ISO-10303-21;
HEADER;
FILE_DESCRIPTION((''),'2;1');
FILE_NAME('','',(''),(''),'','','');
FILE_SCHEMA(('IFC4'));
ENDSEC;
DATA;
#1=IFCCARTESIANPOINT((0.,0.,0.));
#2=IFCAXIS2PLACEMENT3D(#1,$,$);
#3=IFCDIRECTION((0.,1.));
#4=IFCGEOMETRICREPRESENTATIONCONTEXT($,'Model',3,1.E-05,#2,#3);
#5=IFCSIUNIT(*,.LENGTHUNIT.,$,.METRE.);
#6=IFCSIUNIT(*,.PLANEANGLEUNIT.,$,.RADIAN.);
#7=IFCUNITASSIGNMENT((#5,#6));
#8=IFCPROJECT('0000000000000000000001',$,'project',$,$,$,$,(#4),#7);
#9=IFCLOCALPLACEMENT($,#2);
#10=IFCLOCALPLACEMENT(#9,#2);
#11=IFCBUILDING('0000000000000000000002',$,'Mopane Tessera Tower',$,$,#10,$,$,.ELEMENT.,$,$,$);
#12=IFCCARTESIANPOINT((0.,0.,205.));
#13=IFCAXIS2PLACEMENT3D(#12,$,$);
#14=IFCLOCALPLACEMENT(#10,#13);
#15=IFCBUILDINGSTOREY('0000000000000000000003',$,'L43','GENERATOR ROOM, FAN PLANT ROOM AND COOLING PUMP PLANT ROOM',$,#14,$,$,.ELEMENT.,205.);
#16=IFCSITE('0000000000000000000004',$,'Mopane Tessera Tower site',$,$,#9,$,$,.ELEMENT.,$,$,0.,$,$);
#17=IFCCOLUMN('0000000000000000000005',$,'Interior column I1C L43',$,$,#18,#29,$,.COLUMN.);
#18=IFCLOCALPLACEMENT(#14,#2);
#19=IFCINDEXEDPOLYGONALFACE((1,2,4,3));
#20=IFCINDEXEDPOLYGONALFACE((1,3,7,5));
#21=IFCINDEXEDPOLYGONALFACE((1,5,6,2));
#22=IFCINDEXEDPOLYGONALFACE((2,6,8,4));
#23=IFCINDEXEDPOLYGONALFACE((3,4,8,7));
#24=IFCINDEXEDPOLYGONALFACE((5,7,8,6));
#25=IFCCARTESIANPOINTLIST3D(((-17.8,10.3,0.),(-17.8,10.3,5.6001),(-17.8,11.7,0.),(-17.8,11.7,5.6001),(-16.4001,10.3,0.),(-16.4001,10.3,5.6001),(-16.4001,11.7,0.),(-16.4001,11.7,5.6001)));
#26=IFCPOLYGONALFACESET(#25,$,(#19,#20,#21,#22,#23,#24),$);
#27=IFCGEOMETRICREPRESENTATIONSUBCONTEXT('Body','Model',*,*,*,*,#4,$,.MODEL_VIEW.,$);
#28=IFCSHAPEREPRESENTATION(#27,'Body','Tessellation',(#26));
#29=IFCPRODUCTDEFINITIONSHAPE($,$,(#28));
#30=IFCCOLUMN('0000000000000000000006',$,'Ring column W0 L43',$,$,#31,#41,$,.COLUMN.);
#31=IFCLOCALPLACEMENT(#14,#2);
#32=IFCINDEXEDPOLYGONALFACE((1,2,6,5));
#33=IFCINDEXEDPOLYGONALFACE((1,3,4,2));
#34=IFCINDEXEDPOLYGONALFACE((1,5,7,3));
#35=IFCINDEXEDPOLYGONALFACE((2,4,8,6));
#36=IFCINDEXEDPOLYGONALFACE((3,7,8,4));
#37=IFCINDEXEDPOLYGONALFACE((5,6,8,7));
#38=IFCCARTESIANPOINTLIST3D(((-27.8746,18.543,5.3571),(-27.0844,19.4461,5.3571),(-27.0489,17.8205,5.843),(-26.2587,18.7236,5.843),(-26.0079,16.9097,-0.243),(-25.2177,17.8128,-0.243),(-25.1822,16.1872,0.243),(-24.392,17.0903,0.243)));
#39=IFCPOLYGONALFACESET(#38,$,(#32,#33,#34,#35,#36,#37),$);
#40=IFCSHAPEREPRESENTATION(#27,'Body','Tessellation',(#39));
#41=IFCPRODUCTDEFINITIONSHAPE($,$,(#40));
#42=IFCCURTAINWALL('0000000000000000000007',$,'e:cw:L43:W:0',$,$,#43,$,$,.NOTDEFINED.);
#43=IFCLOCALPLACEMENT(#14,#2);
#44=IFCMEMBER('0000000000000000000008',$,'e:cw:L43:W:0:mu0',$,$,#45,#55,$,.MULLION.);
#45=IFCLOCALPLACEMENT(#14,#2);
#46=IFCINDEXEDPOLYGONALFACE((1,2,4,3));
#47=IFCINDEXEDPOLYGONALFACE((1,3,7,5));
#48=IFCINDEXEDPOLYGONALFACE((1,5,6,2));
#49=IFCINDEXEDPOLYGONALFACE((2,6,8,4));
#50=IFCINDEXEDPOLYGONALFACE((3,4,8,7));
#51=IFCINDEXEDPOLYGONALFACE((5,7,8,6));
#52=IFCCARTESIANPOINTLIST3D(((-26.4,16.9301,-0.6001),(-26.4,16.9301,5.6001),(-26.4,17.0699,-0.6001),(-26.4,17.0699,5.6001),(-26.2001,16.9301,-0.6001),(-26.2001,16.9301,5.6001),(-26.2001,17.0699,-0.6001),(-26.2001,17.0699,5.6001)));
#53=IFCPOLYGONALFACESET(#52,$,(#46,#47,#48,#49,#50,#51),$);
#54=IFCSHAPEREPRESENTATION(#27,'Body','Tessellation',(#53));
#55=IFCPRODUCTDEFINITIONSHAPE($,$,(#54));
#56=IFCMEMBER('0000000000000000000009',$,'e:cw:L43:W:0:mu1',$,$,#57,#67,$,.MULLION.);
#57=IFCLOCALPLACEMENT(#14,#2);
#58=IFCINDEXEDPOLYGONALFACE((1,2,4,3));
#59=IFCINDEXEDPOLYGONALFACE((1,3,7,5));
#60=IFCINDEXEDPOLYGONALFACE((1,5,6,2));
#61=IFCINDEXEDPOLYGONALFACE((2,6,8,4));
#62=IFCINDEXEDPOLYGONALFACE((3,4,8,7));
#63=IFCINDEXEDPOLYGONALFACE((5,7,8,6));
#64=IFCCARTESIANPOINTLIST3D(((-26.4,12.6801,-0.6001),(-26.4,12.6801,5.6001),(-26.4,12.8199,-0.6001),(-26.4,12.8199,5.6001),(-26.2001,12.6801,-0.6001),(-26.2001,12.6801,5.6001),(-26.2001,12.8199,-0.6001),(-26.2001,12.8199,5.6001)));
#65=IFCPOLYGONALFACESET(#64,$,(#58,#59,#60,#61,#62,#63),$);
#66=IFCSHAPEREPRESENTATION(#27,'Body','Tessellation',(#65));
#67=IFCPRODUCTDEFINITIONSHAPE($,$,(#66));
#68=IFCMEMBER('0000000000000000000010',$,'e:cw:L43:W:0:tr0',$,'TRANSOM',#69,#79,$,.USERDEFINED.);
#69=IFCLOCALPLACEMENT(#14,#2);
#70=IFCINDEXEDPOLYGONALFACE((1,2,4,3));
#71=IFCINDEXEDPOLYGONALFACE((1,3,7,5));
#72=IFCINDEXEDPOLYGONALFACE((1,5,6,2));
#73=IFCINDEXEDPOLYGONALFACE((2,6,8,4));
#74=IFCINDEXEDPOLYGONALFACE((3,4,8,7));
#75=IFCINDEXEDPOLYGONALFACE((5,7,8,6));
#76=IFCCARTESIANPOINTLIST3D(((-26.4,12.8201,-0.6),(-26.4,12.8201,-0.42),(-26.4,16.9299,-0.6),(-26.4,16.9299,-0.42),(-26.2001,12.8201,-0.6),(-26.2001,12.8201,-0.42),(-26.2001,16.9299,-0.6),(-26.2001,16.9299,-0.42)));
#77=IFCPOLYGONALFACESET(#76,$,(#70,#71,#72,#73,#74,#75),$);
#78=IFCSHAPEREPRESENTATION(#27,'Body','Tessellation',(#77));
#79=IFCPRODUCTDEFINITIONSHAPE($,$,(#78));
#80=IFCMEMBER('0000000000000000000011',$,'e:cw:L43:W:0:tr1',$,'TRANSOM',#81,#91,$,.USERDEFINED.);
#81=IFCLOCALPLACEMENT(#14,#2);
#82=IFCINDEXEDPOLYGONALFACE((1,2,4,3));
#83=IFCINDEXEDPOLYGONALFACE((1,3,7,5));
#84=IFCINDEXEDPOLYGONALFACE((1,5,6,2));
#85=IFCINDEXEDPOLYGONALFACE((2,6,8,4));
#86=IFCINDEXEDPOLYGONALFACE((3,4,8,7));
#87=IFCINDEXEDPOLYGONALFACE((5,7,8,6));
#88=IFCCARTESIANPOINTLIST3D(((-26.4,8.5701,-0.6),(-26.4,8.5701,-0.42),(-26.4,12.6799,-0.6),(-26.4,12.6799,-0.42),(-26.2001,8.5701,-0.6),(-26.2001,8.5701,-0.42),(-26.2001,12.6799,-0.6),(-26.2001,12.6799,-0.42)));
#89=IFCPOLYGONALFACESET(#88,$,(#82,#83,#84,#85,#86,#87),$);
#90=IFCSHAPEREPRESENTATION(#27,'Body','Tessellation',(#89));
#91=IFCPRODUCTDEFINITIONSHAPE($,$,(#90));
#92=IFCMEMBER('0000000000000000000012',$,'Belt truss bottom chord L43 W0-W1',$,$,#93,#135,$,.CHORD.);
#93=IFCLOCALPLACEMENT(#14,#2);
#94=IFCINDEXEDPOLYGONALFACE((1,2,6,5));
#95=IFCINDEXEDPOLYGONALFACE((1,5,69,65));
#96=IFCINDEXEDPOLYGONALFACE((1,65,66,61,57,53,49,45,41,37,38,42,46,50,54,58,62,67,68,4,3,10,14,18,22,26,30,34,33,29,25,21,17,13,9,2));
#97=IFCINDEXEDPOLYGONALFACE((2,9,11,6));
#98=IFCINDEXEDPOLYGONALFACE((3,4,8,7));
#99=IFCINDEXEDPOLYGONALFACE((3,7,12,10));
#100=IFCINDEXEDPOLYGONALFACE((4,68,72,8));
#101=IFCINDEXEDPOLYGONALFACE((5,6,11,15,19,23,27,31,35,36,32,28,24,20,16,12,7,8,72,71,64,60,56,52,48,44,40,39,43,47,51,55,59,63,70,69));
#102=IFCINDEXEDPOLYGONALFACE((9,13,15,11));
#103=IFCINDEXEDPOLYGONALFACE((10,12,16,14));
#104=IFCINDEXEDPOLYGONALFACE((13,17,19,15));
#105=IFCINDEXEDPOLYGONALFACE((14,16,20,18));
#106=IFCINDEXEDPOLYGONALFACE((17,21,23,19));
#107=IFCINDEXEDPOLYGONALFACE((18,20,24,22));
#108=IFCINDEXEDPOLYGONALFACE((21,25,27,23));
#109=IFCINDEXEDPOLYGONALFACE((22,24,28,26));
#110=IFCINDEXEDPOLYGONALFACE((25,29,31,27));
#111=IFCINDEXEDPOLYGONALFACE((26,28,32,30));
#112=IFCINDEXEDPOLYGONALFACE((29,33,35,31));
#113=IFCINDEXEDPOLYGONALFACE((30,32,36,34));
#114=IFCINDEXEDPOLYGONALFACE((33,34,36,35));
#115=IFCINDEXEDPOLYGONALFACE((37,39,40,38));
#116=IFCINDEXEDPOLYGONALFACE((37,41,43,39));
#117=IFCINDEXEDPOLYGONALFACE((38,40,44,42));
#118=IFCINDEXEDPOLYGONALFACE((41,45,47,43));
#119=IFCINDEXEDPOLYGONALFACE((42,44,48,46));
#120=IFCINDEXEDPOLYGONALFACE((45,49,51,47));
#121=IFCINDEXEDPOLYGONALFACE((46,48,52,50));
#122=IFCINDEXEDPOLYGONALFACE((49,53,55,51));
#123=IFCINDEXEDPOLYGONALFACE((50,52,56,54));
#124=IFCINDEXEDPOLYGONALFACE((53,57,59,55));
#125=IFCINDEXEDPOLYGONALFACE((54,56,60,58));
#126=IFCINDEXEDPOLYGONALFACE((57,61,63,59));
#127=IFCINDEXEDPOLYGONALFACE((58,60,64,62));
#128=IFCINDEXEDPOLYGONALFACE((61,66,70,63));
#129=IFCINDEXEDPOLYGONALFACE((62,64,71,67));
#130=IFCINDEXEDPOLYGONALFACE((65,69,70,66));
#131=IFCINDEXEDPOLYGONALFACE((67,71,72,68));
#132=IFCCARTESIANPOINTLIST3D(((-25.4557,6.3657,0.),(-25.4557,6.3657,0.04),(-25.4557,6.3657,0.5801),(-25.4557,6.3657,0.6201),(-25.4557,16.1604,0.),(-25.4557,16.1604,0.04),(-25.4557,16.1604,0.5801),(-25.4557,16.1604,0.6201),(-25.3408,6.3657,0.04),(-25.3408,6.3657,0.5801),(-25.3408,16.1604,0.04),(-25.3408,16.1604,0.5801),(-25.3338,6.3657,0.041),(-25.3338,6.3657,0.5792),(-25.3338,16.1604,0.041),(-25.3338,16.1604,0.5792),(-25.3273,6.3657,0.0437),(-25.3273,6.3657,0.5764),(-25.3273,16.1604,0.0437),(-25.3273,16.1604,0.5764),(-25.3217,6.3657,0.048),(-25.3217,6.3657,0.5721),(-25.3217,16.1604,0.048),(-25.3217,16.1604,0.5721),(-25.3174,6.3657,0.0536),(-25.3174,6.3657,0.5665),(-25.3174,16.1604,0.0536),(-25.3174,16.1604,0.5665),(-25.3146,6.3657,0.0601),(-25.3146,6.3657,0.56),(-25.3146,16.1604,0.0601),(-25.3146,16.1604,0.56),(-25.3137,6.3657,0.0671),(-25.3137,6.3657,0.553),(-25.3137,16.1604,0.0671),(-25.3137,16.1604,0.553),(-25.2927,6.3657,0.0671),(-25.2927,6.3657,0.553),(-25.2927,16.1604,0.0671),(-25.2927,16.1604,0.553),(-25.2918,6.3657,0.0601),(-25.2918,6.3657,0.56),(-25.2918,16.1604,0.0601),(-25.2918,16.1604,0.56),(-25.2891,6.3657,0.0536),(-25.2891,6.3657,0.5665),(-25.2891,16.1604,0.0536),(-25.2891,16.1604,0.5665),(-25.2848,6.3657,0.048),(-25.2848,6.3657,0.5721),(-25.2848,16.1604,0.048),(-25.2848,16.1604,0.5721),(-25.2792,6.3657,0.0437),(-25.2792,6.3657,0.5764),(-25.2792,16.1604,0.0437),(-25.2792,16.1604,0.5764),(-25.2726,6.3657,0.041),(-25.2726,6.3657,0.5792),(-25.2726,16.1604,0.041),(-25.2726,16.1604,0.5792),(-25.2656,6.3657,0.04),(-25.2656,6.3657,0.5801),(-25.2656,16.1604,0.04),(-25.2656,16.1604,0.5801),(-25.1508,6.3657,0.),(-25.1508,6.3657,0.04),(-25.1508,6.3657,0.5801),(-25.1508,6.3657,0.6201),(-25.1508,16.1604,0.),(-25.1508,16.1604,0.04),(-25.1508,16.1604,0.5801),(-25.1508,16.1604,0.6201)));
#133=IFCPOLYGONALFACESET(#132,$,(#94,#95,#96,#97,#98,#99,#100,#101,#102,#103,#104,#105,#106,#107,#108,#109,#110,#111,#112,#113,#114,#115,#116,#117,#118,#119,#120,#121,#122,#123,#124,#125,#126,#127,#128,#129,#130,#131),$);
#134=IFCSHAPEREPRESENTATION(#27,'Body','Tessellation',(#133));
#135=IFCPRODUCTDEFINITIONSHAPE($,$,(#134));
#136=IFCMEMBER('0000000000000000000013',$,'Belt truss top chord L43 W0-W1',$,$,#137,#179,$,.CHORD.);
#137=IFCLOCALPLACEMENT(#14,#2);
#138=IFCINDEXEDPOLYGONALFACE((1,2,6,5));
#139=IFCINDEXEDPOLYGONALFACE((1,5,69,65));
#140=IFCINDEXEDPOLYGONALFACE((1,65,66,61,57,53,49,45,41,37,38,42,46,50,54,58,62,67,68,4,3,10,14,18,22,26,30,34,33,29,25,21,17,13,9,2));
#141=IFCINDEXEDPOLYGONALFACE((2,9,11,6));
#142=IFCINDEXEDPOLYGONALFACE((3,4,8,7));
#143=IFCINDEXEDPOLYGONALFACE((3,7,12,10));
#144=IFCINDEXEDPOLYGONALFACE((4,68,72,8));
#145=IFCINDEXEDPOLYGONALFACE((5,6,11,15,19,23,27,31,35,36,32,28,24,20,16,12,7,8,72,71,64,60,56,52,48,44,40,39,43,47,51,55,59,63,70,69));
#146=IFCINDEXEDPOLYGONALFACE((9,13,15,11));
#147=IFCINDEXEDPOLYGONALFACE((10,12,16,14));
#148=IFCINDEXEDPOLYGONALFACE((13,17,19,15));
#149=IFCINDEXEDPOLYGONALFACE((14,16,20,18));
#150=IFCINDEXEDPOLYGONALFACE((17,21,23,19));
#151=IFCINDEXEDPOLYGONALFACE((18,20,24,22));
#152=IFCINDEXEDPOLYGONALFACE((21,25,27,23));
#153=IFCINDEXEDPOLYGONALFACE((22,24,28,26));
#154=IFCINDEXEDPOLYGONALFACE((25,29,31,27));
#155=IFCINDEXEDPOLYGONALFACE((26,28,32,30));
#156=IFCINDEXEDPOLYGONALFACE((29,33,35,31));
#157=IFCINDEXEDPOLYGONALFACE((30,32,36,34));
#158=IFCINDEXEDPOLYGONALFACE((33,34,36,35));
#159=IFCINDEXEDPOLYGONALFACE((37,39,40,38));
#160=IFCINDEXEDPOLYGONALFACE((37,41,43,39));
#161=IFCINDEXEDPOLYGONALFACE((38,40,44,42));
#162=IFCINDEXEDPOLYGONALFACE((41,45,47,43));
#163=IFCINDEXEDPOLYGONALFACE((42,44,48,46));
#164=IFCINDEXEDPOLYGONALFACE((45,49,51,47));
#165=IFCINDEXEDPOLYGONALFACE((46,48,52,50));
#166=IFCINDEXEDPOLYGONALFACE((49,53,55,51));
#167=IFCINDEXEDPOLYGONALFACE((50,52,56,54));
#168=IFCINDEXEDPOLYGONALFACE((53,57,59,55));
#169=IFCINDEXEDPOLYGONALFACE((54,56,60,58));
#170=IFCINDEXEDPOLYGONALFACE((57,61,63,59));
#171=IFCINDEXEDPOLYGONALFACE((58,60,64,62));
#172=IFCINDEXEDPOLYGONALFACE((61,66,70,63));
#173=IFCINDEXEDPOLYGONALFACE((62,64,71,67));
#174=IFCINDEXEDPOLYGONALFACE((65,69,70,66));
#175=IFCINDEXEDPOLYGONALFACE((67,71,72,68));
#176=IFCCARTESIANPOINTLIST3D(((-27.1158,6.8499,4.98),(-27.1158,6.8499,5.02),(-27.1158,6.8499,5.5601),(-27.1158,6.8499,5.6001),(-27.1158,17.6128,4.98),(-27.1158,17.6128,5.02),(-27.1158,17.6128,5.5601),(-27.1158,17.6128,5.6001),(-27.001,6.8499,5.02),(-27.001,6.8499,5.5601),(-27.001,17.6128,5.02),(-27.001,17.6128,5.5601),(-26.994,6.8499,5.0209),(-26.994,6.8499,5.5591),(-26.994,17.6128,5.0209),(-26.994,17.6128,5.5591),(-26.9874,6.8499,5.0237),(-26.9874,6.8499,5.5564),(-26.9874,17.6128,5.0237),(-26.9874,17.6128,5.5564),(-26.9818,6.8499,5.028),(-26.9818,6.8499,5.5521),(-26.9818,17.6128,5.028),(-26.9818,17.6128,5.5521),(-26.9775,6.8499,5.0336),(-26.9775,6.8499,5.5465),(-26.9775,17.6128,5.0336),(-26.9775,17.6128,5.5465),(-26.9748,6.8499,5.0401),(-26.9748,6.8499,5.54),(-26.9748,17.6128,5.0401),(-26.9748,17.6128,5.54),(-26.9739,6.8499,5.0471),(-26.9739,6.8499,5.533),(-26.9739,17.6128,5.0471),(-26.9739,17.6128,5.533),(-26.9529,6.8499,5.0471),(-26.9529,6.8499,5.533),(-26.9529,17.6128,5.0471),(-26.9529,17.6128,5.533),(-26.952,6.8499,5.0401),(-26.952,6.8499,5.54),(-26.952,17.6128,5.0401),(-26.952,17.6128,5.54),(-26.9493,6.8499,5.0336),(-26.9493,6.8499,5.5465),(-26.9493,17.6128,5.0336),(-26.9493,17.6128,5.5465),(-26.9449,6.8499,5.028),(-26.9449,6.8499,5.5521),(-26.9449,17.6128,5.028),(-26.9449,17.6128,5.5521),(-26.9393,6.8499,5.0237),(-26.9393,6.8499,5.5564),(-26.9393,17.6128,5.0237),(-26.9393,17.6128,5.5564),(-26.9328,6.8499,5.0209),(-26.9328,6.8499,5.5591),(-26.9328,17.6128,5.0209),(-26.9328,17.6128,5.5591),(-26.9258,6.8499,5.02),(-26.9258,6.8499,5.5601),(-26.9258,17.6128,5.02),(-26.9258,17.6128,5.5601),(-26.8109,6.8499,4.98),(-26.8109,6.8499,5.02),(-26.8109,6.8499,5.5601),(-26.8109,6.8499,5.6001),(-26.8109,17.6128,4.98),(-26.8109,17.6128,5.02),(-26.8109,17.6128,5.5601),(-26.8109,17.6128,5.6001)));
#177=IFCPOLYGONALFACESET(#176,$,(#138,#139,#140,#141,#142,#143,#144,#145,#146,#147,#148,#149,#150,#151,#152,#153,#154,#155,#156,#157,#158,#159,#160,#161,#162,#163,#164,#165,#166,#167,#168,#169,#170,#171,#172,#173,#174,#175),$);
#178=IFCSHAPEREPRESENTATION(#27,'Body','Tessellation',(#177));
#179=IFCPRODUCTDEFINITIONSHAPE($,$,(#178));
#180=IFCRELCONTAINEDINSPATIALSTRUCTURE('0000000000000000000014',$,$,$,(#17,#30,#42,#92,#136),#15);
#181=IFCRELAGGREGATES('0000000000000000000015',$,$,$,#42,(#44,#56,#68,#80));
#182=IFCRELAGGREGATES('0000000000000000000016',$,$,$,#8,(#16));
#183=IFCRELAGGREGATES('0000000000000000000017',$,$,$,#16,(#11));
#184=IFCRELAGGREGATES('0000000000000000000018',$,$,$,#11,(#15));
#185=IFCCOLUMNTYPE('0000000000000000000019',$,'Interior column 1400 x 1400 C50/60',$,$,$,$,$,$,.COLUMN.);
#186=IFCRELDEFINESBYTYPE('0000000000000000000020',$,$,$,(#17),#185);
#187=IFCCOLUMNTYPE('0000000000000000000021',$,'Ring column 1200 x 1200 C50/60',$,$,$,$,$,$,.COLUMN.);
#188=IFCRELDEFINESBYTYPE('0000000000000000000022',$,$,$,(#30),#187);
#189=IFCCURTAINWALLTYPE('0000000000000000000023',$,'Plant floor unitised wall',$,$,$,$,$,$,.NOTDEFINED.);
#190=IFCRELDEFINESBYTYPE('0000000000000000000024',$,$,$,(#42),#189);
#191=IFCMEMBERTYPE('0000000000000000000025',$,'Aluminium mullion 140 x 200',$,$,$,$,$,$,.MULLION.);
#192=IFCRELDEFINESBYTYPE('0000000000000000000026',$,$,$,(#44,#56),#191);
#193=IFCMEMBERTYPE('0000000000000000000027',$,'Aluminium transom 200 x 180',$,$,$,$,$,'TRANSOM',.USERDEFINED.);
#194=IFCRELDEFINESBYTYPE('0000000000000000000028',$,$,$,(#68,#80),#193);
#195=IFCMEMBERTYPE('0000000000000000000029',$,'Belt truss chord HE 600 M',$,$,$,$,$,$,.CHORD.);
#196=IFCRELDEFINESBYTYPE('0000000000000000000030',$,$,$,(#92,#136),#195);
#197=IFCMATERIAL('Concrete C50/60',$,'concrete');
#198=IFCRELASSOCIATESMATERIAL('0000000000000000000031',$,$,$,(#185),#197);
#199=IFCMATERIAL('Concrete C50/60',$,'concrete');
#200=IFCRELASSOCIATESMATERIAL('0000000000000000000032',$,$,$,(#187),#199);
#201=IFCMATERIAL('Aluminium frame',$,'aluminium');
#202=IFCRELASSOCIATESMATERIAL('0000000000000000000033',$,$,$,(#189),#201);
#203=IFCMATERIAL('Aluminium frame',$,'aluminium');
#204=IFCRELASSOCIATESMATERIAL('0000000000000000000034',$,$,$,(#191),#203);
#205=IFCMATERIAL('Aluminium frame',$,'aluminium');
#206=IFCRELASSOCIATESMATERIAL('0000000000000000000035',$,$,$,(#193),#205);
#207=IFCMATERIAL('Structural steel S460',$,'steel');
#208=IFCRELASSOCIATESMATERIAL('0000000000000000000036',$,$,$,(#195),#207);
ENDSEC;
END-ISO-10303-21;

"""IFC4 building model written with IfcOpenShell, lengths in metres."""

from ifc_helpers import new_model, si_unit, direction, frame, origin, origin_2d, place, context, subcontext, project, spatial, rectangle, i_section, extrude, material, material_profile, profile_set, type_object, element, aggregate, save


model = new_model("IFC4")

# Units and contexts
model_context = context("Model", 3, precision=1e-05, world=origin(), true_north=direction((0.0, 1.0)))
body_context = subcontext(model_context, "Body", "Model", "MODEL_VIEW")
ifc_project = project(units=[si_unit("LENGTHUNIT", "METRE"), si_unit("PLANEANGLEUNIT", "RADIAN")], contexts=[model_context])

# Site, building, storey
site_placement = place(None, origin())
site = spatial("IfcSite", under=ifc_project, at=site_placement, Name="Mopane Tessera Tower site", CompositionType="ELEMENT", RefElevation=0.0)
building_placement = place(site_placement, origin())
building = spatial("IfcBuilding", under=site, at=building_placement, Name="Mopane Tessera Tower", CompositionType="ELEMENT")
storey_placement = place(building_placement, frame((0.0, 0.0, 205.0)))
storey = spatial("IfcBuildingStorey", under=building, at=storey_placement, Name="L43", Description="GENERATOR ROOM, FAN PLANT ROOM AND COOLING PUMP PLANT ROOM", CompositionType="ELEMENT", Elevation=205.0)

# Columns
ifc_material_1 = material(Name="Concrete C50/60", Category="concrete")
ifc_material_profile_1 = material_profile(ifc_material_1, rectangle(XDim=1.3999, YDim=1.3999, at=origin_2d()))
ifc_profile_set_1 = profile_set([ifc_material_profile_1], Name="Concrete C50/60")
column_type_1 = type_object("IfcColumnType", Name="Interior column 1400 x 1400 C50/60", PredefinedType="COLUMN", material=ifc_profile_set_1)
column_1_placement = place(storey_placement, frame((-17.1001, 11.0, 0.0), z_axis=(0.0, 0.0, 1.0), x_axis=(1.0, 0.0, 0.0)))
element("IfcColumn", 1, at=column_1_placement, inside=storey, type_object=column_type_1, Name="Interior column I1C L43", PredefinedType="COLUMN", context=body_context, shape_type="SweptSolid", body=[
    extrude(rectangle(XDim=1.3999, YDim=1.3999, at=origin_2d()), origin(), (0.0, 0.0, 1.0), 5.6001),
])
ifc_material_2 = material(Name="Concrete C50/60", Category="concrete")
ifc_material_profile_2 = material_profile(ifc_material_2, rectangle(XDim=1.2, YDim=1.2, at=origin_2d()))
ifc_profile_set_2 = profile_set([ifc_material_profile_2], Name="Concrete C50/60")
column_type_2 = type_object("IfcColumnType", Name="Ring column 1200 x 1200 C50/60", PredefinedType="COLUMN", material=ifc_profile_set_2)
column_2_placement = place(storey_placement, frame((-25.2, 17.0, 0.0), z_axis=(-0.304777, 0.26667, 0.91433), x_axis=(-0.658491, -0.752589, 0.0)))
element("IfcColumn", 2, at=column_2_placement, inside=storey, type_object=column_type_2, Name="Ring column W0 L43", PredefinedType="COLUMN", context=body_context, shape_type="SweptSolid", body=[
    extrude(rectangle(XDim=1.2, YDim=1.2, at=origin_2d()), origin(), (0.0, 0.0, 1.0), 6.1248),
])

# Curtain wall, members
ifc_material_3 = material(Name="Aluminium frame", Category="aluminium")
curtain_wall_type = type_object("IfcCurtainWallType", Name="Plant floor unitised wall", PredefinedType="NOTDEFINED", material=ifc_material_3)
curtain_wall_placement = place(storey_placement, origin())
curtain_wall = element("IfcCurtainWall", 3, at=curtain_wall_placement, inside=storey, type_object=curtain_wall_type, Name="e:cw:L43:W:0", PredefinedType="NOTDEFINED")
ifc_material_4 = material(Name="Aluminium frame", Category="aluminium")
ifc_material_profile_3 = material_profile(ifc_material_4, rectangle(XDim=0.1399, YDim=0.2, at=origin_2d()))
ifc_profile_set_3 = profile_set([ifc_material_profile_3], Name="Aluminium frame")
member_type_1 = type_object("IfcMemberType", Name="Aluminium mullion 140 x 200", PredefinedType="MULLION", material=ifc_profile_set_3)
member_1_placement = place(storey_placement, frame((-26.3, 17.0, -0.6001), z_axis=(0.0, 0.0, 1.0), x_axis=(0.0, -1.0, 0.0)))
member_1 = element("IfcMember", 4, at=member_1_placement, type_object=member_type_1, Name="e:cw:L43:W:0:mu0", PredefinedType="MULLION", context=body_context, shape_type="SweptSolid", body=[
    extrude(rectangle(XDim=0.1399, YDim=0.2, at=origin_2d()), origin(), (0.0, 0.0, 1.0), 6.2002),
])
member_2_placement = place(storey_placement, frame((-26.3, 12.75, -0.6001), z_axis=(0.0, 0.0, 1.0), x_axis=(0.0, -1.0, 0.0)))
member_2 = element("IfcMember", 5, at=member_2_placement, type_object=member_type_1, Name="e:cw:L43:W:0:mu1", PredefinedType="MULLION", context=body_context, shape_type="SweptSolid", body=[
    extrude(rectangle(XDim=0.1399, YDim=0.2, at=origin_2d()), origin(), (0.0, 0.0, 1.0), 6.2002),
])
ifc_material_5 = material(Name="Aluminium frame", Category="aluminium")
ifc_material_profile_4 = material_profile(ifc_material_5, rectangle(XDim=0.2, YDim=0.1799, at=origin_2d()))
ifc_profile_set_4 = profile_set([ifc_material_profile_4], Name="Aluminium frame")
member_type_2 = type_object("IfcMemberType", Name="Aluminium transom 200 x 180", ElementType="TRANSOM", PredefinedType="USERDEFINED", material=ifc_profile_set_4)
member_3_placement = place(storey_placement, frame((-26.3, 16.9299, -0.51), z_axis=(0.0, -1.0, 0.0), x_axis=(1.0, 0.0, 0.0)))
member_3 = element("IfcMember", 6, at=member_3_placement, type_object=member_type_2, Name="e:cw:L43:W:0:tr0", ObjectType="TRANSOM", PredefinedType="USERDEFINED", context=body_context, shape_type="SweptSolid", body=[
    extrude(rectangle(XDim=0.2, YDim=0.1799, at=origin_2d()), origin(), (0.0, 0.0, 1.0), 4.1099),
])
member_4_placement = place(storey_placement, frame((-26.3, 12.6799, -0.51), z_axis=(0.0, -1.0, 0.0), x_axis=(1.0, 0.0, 0.0)))
member_4 = element("IfcMember", 7, at=member_4_placement, type_object=member_type_2, Name="e:cw:L43:W:0:tr1", ObjectType="TRANSOM", PredefinedType="USERDEFINED", context=body_context, shape_type="SweptSolid", body=[
    extrude(rectangle(XDim=0.2, YDim=0.1799, at=origin_2d()), origin(), (0.0, 0.0, 1.0), 4.1099),
])

# Members
ifc_material_6 = material(Name="Structural steel S460", Category="steel")
ifc_material_profile_5 = material_profile(ifc_material_6, i_section(OverallWidth=0.3049, OverallDepth=0.6201, WebThickness=0.021, FlangeThickness=0.04, FilletRadius=0.0271, at=origin_2d()))
ifc_profile_set_5 = profile_set([ifc_material_profile_5], Name="Structural steel S460")
member_type_3 = type_object("IfcMemberType", Name="Belt truss chord HE 600 M", PredefinedType="CHORD", material=ifc_profile_set_5)
member_5_placement = place(storey_placement, frame((-25.3032, 16.1604, 0.3101), z_axis=(0.0, -1.0, 0.0), x_axis=(1.0, 0.0, 0.0)))
element("IfcMember", 8, at=member_5_placement, inside=storey, type_object=member_type_3, Name="Belt truss bottom chord L43 W0-W1", PredefinedType="CHORD", context=body_context, shape_type="SweptSolid", body=[
    extrude(i_section(OverallWidth=0.3049, OverallDepth=0.6201, WebThickness=0.021, FlangeThickness=0.04, FilletRadius=0.0271, at=origin_2d()), origin(), (0.0, 0.0, 1.0), 9.7947),
])
member_6_placement = place(storey_placement, frame((-26.9634, 17.6128, 5.29), z_axis=(0.0, -1.0, 0.0), x_axis=(1.0, 0.0, 0.0)))
element("IfcMember", 9, at=member_6_placement, inside=storey, type_object=member_type_3, Name="Belt truss top chord L43 W0-W1", PredefinedType="CHORD", context=body_context, shape_type="SweptSolid", body=[
    extrude(i_section(OverallWidth=0.3049, OverallDepth=0.6201, WebThickness=0.021, FlangeThickness=0.04, FilletRadius=0.0271, at=origin_2d()), origin(), (0.0, 0.0, 1.0), 10.7629),
])

aggregate(curtain_wall, [member_1, member_2, member_3, member_4])

save(model, "model.ifc")
